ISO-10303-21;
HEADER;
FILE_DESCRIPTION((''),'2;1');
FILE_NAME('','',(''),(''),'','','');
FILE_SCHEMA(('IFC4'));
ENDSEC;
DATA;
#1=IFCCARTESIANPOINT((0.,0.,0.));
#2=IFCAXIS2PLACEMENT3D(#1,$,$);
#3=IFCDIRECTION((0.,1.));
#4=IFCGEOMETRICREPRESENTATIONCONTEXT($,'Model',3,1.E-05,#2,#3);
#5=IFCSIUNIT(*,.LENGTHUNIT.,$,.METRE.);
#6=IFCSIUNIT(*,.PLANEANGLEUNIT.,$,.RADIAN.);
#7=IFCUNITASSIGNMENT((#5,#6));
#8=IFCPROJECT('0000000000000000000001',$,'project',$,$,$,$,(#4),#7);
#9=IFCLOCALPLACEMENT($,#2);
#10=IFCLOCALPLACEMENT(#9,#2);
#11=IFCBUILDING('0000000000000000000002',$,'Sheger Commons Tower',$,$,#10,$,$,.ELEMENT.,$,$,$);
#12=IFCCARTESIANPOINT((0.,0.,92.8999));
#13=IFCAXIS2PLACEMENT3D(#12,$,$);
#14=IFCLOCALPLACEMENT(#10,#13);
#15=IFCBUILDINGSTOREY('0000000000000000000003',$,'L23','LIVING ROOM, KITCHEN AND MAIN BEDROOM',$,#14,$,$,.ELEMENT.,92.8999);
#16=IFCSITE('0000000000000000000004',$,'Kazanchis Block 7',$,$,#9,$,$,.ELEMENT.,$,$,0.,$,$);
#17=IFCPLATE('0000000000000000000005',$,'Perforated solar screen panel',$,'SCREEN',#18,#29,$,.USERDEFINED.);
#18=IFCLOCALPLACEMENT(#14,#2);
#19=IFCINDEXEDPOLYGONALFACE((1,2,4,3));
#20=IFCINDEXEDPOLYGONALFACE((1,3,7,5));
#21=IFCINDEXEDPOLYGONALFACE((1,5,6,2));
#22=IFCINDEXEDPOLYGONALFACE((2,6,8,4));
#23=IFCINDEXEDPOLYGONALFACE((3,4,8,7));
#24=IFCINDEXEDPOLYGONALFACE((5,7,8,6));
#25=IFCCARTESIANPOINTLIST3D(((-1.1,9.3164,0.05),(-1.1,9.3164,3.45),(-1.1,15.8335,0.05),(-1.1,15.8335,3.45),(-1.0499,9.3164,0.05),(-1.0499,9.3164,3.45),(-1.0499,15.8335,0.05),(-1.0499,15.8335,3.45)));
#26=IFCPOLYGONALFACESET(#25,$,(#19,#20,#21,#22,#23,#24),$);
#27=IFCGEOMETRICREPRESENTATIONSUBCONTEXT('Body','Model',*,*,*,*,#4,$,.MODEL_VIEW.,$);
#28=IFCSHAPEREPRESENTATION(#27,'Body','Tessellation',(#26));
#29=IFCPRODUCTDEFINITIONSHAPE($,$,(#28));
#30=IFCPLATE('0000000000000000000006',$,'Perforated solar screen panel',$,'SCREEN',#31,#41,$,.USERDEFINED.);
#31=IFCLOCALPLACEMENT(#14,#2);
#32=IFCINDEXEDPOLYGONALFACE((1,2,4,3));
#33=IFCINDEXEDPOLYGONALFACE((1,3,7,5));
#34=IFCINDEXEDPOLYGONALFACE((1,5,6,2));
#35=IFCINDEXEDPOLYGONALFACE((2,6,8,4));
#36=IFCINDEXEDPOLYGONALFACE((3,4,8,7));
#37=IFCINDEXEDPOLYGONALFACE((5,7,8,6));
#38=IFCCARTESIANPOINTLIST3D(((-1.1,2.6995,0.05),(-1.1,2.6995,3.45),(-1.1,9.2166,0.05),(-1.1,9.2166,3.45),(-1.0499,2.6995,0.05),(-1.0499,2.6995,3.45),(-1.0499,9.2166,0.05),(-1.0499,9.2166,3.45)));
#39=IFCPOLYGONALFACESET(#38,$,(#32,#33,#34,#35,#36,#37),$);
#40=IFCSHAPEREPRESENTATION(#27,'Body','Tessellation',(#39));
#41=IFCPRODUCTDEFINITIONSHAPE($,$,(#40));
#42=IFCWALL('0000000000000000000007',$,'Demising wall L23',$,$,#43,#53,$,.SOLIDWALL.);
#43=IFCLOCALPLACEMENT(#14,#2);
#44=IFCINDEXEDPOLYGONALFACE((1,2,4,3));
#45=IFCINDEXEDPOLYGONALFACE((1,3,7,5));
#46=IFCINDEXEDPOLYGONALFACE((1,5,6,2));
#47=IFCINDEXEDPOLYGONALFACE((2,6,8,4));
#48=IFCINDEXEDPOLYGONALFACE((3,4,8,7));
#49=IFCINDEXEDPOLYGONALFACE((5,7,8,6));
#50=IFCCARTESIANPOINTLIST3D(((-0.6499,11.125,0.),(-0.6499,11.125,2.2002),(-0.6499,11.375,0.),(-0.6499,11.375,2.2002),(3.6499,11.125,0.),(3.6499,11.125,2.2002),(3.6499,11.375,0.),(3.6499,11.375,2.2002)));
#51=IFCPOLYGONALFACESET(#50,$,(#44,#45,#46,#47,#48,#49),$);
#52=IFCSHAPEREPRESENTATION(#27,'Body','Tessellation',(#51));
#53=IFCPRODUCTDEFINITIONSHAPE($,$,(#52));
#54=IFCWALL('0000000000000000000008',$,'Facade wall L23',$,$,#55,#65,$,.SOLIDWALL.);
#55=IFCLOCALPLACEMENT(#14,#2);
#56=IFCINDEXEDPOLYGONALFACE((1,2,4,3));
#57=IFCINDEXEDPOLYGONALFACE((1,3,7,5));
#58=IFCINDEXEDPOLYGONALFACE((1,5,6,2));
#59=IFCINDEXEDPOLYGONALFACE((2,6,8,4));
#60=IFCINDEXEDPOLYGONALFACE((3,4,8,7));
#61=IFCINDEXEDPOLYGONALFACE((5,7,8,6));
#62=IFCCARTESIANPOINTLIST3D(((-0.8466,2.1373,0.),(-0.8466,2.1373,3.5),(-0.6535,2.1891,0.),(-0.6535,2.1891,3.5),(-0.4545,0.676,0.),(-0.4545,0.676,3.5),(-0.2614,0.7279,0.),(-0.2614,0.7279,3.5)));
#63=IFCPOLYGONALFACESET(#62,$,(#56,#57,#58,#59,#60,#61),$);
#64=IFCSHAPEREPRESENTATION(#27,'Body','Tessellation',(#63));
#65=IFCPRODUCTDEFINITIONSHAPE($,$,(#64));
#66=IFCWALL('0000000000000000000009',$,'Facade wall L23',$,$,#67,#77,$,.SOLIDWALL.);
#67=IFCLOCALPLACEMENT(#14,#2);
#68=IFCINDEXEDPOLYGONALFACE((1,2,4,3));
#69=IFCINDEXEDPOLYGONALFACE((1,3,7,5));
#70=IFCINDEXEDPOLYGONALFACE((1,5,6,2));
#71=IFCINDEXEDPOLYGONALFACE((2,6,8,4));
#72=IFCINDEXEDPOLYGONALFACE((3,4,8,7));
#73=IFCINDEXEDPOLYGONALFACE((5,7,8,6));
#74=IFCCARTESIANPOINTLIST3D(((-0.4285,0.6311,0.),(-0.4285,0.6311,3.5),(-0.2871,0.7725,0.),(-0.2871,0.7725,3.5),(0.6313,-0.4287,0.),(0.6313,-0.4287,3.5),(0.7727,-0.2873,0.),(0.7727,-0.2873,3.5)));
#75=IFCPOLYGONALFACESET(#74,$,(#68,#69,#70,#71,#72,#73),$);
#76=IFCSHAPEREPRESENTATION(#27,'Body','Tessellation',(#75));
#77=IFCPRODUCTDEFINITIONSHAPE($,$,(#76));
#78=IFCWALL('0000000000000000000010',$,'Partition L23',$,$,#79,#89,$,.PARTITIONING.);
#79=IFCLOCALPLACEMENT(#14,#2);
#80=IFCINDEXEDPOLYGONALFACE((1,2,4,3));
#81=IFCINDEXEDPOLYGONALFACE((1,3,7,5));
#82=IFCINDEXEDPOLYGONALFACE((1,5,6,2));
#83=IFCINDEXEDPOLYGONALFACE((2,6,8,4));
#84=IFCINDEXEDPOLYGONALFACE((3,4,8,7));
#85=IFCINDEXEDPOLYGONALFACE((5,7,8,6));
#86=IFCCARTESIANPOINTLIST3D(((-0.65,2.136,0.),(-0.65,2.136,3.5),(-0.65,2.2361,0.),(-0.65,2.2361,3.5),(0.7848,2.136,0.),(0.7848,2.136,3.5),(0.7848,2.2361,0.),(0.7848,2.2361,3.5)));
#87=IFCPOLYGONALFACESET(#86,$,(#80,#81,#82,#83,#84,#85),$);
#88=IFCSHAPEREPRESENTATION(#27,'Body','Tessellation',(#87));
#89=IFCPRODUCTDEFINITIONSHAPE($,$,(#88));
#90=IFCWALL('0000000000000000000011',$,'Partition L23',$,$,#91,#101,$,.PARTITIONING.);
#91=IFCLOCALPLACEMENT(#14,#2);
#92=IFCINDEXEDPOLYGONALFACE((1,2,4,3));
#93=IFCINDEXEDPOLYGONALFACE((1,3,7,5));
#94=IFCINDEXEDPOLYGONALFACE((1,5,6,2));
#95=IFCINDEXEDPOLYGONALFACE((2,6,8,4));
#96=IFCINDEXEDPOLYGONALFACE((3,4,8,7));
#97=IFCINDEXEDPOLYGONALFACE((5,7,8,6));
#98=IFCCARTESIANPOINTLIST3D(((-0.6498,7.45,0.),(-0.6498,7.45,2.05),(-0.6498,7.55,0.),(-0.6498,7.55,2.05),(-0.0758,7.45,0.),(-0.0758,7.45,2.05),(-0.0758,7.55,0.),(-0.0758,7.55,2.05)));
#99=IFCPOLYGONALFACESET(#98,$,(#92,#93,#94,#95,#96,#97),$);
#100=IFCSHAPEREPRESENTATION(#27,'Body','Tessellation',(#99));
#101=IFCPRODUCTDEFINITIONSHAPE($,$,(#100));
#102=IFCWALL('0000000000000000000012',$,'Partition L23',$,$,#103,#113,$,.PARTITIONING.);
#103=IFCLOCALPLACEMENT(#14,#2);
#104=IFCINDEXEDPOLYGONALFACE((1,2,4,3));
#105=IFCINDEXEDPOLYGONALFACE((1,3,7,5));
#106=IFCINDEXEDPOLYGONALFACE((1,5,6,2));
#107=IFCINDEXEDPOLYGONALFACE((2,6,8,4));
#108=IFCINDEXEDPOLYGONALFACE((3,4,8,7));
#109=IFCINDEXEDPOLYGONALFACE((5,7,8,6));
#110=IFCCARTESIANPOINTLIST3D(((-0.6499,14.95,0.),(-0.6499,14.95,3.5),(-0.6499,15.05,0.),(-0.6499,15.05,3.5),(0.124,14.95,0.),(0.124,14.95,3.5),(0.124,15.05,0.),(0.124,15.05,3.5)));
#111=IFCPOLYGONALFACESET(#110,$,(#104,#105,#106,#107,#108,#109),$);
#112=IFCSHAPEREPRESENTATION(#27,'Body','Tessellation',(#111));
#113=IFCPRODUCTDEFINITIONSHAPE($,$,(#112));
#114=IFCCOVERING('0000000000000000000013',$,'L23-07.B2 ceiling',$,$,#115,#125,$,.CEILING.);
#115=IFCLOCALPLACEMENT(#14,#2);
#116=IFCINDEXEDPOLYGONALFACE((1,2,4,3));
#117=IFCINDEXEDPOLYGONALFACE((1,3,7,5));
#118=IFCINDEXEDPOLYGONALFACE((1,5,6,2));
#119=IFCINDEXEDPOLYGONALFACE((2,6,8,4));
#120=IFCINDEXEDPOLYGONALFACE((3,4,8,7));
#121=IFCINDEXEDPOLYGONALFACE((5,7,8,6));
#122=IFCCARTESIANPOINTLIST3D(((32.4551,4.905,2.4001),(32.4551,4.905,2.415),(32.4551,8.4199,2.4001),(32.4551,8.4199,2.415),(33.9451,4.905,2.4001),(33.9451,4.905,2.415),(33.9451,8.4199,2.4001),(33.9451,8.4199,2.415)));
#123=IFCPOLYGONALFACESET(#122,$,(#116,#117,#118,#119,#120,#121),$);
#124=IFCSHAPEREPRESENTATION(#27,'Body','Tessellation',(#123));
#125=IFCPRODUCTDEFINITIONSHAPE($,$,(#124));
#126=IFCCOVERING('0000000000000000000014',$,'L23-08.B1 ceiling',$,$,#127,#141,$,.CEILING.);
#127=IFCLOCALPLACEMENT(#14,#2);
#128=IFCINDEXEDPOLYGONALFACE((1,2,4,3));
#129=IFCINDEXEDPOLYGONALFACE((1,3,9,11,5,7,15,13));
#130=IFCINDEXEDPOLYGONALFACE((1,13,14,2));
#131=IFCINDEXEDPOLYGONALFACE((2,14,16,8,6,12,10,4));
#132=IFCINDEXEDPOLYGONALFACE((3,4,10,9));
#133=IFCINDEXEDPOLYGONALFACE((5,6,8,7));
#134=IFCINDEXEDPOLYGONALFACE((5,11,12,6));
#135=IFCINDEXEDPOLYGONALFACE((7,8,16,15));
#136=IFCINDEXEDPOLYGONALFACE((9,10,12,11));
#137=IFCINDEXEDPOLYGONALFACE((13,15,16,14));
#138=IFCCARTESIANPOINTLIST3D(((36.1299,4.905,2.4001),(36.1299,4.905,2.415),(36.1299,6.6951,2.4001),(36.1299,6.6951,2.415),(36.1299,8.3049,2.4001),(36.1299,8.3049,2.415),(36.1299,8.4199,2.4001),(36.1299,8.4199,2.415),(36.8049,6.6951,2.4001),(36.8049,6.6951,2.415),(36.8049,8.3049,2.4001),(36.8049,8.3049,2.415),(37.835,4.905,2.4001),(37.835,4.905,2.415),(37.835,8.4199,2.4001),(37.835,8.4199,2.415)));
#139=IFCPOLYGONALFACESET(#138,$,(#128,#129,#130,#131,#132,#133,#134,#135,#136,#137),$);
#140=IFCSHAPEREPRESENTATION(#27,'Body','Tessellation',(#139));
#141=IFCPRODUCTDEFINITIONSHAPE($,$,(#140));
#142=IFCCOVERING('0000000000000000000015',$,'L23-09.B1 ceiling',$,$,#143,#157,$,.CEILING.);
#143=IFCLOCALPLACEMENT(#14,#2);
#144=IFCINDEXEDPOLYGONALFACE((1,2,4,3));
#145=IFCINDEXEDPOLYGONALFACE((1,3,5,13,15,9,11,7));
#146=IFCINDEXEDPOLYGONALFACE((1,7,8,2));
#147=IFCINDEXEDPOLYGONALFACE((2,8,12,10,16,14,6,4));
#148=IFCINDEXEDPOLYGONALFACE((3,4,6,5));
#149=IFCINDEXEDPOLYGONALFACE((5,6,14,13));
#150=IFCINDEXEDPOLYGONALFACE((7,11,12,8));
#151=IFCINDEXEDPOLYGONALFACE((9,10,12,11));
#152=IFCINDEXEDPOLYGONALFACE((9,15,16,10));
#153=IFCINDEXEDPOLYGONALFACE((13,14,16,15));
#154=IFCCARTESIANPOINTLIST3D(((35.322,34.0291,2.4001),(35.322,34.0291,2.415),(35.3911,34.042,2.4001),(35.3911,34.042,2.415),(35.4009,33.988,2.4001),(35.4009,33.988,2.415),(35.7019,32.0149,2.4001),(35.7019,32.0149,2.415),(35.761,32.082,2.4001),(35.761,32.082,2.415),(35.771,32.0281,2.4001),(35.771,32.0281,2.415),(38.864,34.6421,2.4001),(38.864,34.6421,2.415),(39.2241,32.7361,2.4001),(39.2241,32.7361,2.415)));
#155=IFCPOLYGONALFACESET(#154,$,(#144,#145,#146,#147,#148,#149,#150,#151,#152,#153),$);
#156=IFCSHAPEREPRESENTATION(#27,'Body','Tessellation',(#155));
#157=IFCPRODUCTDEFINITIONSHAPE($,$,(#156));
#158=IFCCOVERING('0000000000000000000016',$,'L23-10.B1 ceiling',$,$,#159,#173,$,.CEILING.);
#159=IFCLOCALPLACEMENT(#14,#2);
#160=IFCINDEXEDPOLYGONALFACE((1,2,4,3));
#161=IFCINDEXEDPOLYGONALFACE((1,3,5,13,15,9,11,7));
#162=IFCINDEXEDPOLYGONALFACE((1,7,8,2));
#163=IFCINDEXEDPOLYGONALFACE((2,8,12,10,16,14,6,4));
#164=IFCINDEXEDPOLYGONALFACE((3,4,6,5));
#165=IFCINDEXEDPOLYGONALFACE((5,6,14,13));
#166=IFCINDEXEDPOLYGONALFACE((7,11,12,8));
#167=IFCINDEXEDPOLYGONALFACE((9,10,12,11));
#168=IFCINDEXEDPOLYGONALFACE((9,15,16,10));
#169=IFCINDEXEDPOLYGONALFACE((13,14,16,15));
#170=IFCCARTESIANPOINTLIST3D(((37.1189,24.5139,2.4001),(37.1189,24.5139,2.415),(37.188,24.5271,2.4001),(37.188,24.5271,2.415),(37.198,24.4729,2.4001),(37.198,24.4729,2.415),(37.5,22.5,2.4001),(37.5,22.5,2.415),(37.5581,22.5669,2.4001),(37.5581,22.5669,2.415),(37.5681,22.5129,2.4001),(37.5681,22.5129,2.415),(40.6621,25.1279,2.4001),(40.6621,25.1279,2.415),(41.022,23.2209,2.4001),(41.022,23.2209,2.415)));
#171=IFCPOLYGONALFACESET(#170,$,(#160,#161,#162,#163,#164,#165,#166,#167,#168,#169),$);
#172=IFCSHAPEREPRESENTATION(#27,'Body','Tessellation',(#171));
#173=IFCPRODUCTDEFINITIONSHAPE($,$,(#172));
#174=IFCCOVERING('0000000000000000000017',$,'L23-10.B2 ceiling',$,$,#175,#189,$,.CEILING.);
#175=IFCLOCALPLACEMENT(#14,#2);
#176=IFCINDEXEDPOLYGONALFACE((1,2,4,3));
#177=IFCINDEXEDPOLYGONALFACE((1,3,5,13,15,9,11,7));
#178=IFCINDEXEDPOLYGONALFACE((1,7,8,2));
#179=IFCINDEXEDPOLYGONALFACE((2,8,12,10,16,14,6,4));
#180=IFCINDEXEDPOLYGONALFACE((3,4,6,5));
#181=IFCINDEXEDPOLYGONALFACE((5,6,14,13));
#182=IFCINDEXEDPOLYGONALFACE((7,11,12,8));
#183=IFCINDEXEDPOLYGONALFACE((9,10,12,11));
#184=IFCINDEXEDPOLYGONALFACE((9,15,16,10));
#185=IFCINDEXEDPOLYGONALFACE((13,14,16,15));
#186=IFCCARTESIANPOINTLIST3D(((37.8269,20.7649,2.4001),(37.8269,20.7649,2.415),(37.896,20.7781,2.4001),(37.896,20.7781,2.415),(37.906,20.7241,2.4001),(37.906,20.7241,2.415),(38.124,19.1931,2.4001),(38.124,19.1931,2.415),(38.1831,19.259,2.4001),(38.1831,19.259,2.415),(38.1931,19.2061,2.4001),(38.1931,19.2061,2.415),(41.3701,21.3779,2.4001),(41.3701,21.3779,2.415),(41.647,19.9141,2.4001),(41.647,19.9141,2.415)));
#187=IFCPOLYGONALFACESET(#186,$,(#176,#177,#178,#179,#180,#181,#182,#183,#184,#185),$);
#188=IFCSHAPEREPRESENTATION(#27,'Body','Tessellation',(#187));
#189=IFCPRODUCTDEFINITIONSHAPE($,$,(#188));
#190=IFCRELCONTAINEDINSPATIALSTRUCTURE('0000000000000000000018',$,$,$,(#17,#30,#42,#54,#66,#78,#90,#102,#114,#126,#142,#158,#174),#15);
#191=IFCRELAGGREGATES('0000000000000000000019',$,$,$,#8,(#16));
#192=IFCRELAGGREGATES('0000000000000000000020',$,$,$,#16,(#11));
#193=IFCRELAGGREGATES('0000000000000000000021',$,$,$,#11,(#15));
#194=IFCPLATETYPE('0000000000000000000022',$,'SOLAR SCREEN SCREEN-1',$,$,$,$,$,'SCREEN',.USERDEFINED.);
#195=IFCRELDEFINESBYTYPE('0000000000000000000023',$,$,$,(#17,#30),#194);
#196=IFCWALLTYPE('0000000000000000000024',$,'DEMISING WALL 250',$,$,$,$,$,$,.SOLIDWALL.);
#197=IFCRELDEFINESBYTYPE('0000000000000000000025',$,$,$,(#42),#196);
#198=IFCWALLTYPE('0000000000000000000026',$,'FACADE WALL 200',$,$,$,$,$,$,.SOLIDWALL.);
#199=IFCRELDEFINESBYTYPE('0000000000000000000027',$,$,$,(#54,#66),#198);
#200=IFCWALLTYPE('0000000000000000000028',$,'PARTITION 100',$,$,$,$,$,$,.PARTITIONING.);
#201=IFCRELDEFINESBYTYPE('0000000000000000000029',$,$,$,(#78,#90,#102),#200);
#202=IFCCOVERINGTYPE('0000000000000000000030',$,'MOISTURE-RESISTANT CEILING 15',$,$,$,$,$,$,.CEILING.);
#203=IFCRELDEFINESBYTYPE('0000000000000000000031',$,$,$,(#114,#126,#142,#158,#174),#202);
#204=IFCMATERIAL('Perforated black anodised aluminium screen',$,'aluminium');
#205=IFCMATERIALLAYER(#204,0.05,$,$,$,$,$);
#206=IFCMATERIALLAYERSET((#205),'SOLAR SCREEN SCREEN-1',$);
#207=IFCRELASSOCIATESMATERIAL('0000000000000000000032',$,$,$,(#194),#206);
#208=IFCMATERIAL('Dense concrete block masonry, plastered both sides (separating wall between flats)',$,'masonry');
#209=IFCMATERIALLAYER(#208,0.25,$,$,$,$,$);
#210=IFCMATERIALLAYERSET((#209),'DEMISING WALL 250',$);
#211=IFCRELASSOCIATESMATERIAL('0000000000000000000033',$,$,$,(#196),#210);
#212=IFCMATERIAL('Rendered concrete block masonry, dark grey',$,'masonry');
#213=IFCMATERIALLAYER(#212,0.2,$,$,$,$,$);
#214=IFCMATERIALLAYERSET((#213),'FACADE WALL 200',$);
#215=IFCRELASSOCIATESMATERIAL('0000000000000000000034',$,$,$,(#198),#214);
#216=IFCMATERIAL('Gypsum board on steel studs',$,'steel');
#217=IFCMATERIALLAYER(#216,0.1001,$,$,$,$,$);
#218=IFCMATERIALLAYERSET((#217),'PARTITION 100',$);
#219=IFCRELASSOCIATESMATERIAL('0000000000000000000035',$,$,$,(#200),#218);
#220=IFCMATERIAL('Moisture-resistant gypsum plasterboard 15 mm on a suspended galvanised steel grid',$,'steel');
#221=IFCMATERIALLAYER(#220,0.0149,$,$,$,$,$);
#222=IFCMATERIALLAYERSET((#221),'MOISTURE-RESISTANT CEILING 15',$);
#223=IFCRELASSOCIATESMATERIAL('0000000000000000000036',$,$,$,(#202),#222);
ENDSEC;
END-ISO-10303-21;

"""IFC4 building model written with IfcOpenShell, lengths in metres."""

from ifc_helpers import new_model, si_unit, direction, frame, frame_2d, origin, origin_2d, place, context, subcontext, project, spatial, polyline, rectangle, outline, extrude, material, layer, layer_set, type_object, element, save


model = new_model("IFC4")

# Units and contexts
model_context = context("Model", 3, precision=1e-05, world=origin(), true_north=direction((0.0, 1.0)))
body_context = subcontext(model_context, "Body", "Model", "MODEL_VIEW")
ifc_project = project(units=[si_unit("LENGTHUNIT", "METRE"), si_unit("PLANEANGLEUNIT", "RADIAN")], contexts=[model_context])

# Site, building, storey
site_placement = place(None, origin())
site = spatial("IfcSite", under=ifc_project, at=site_placement, Name="Kazanchis Block 7", CompositionType="ELEMENT", RefElevation=0.0)
building_placement = place(site_placement, origin())
building = spatial("IfcBuilding", under=site, at=building_placement, Name="Sheger Commons Tower", CompositionType="ELEMENT")
storey_placement = place(building_placement, frame((0.0, 0.0, 92.8999)))
storey = spatial("IfcBuildingStorey", under=building, at=storey_placement, Name="L23", Description="LIVING ROOM, KITCHEN AND MAIN BEDROOM", CompositionType="ELEMENT", Elevation=92.8999)

# Plates
ifc_material_1 = material(Name="Perforated black anodised aluminium screen", Category="aluminium")
ifc_layer_1 = layer(ifc_material_1, 0.05)
ifc_layer_set_1 = layer_set([ifc_layer_1], Name="SOLAR SCREEN SCREEN-1")
plate_type = type_object("IfcPlateType", Name="SOLAR SCREEN SCREEN-1", ElementType="SCREEN", PredefinedType="USERDEFINED", material=ifc_layer_set_1)
for number, where, z_axis, x_axis, name in (
    (1, (-1.075, 12.575, 0.05), (0.0, 0.0, 1.0), (0.0, -1.0, 0.0), "Perforated solar screen panel"),
    (2, (-1.075, 5.958, 0.05), (0.0, 0.0, 1.0), (0.0, -1.0, 0.0), "Perforated solar screen panel"),
):
    element("IfcPlate", number, at=place(storey_placement, frame(where, z_axis=z_axis, x_axis=x_axis)), inside=storey, type_object=plate_type, Name=name, ObjectType="SCREEN", PredefinedType="USERDEFINED", context=body_context, shape_type="SweptSolid", body=[
        extrude(rectangle(XDim=6.5171, YDim=0.05, at=origin_2d()), origin(), (0.0, 0.0, 1.0), 3.3999),
    ])

# Walls
ifc_material_2 = material(Name="Dense concrete block masonry, plastered both sides (separating wall between flats)", Category="masonry")
ifc_layer_2 = layer(ifc_material_2, 0.25)
ifc_layer_set_2 = layer_set([ifc_layer_2], Name="DEMISING WALL 250")
wall_type_1 = type_object("IfcWallType", Name="DEMISING WALL 250", PredefinedType="SOLIDWALL", material=ifc_layer_set_2)
wall_1_placement = place(storey_placement, frame((-0.6499, 11.25, 0.0), z_axis=(0.0, 0.0, 1.0), x_axis=(1.0, 0.0, 0.0)))
element("IfcWall", 3, at=wall_1_placement, inside=storey, type_object=wall_type_1, Name="Demising wall L23", PredefinedType="SOLIDWALL", context=body_context, shape_type="SweptSolid", body=[
    extrude(rectangle(XDim=4.2998, YDim=0.25, at=frame_2d((2.1499, 0.0))), origin(), (0.0, 0.0, 1.0), 2.2002),
])
ifc_material_3 = material(Name="Rendered concrete block masonry, dark grey", Category="masonry")
ifc_layer_3 = layer(ifc_material_3, 0.2)
ifc_layer_set_3 = layer_set([ifc_layer_3], Name="FACADE WALL 200")
wall_type_2 = type_object("IfcWallType", Name="FACADE WALL 200", PredefinedType="SOLIDWALL", material=ifc_layer_set_3)
wall_2_placement = place(storey_placement, frame((-0.75, 2.1631, 0.0), z_axis=(0.0, 0.0, 1.0), x_axis=(0.259169, -0.965832, 0.0)))
element("IfcWall", 4, at=wall_2_placement, inside=storey, type_object=wall_type_2, Name="Facade wall L23", PredefinedType="SOLIDWALL", context=body_context, shape_type="SweptSolid", body=[
    extrude(rectangle(XDim=1.5129, YDim=0.2, at=frame_2d((0.7563, 0.0))), origin(), (0.0, 0.0, 1.0), 3.5),
])
wall_3_placement = place(storey_placement, frame((-0.3579, 0.7019, 0.0), z_axis=(0.0, 0.0, 1.0), x_axis=(0.707107, -0.707107, 0.0)))
element("IfcWall", 5, at=wall_3_placement, inside=storey, type_object=wall_type_2, Name="Facade wall L23", PredefinedType="SOLIDWALL", context=body_context, shape_type="SweptSolid", body=[
    extrude(rectangle(XDim=1.4988, YDim=0.2, at=frame_2d((0.7495, 0.0))), origin(), (0.0, 0.0, 1.0), 3.5),
])
ifc_material_4 = material(Name="Gypsum board on steel studs", Category="steel")
ifc_layer_4 = layer(ifc_material_4, 0.1001)
ifc_layer_set_4 = layer_set([ifc_layer_4], Name="PARTITION 100")
wall_type_3 = type_object("IfcWallType", Name="PARTITION 100", PredefinedType="PARTITIONING", material=ifc_layer_set_4)
wall_4_placement = place(storey_placement, frame((-0.6499, 2.186, 0.0), z_axis=(0.0, 0.0, 1.0), x_axis=(1.0, 0.0, 0.0)))
element("IfcWall", 6, at=wall_4_placement, inside=storey, type_object=wall_type_3, Name="Partition L23", PredefinedType="PARTITIONING", context=body_context, shape_type="SweptSolid", body=[
    extrude(rectangle(XDim=1.4348, YDim=0.1001, at=frame_2d((0.7173, 0.0))), origin(), (0.0, 0.0, 1.0), 3.5),
])
wall_5_placement = place(storey_placement, frame((-0.6499, 7.5, 0.0), z_axis=(0.0, 0.0, 1.0), x_axis=(1.0, 0.0, 0.0)))
element("IfcWall", 7, at=wall_5_placement, inside=storey, type_object=wall_type_3, Name="Partition L23", PredefinedType="PARTITIONING", context=body_context, shape_type="SweptSolid", body=[
    extrude(rectangle(XDim=0.574, YDim=0.1001, at=frame_2d((0.2871, 0.0))), origin(), (0.0, 0.0, 1.0), 2.05),
])
wall_6_placement = place(storey_placement, frame((-0.6499, 15.0, 0.0), z_axis=(0.0, 0.0, 1.0), x_axis=(1.0, 0.0, 0.0)))
element("IfcWall", 8, at=wall_6_placement, inside=storey, type_object=wall_type_3, Name="Partition L23", PredefinedType="PARTITIONING", context=body_context, shape_type="SweptSolid", body=[
    extrude(rectangle(XDim=0.7739, YDim=0.1001, at=frame_2d((0.387, 0.0))), origin(), (0.0, 0.0, 1.0), 3.5),
])

# Coverings
ifc_material_5 = material(Name="Moisture-resistant gypsum plasterboard 15 mm on a suspended galvanised steel grid", Category="steel")
ifc_layer_5 = layer(ifc_material_5, 0.0149)
ifc_layer_set_5 = layer_set([ifc_layer_5], Name="MOISTURE-RESISTANT CEILING 15")
covering_type_1 = type_object("IfcCoveringType", Name="MOISTURE-RESISTANT CEILING 15", PredefinedType="CEILING", material=ifc_layer_set_5)
covering_1_placement = place(storey_placement, frame((0.0, 0.0, 2.4001)))
element("IfcCovering", 9, at=covering_1_placement, inside=storey, type_object=covering_type_1, Name="L23-07.B2 ceiling", PredefinedType="CEILING", context=body_context, shape_type="SweptSolid", body=[
    extrude(outline(polyline([(32.4551, 4.905), (33.9451, 4.905), (33.9451, 8.4199), (32.4551, 8.4199), (32.4551, 4.905)])), origin(), (0.0, 0.0, 1.0), 0.0149),
])
covering_2_placement = place(storey_placement, frame((0.0, 0.0, 2.4001)))
element("IfcCovering", 10, at=covering_2_placement, inside=storey, type_object=covering_type_1, Name="L23-08.B1 ceiling", PredefinedType="CEILING", context=body_context, shape_type="SweptSolid", body=[
    extrude(outline(polyline([(36.1299, 4.905), (37.835, 4.905), (37.835, 8.4199), (36.1299, 8.4199), (36.1299, 8.3049), (36.8049, 8.3049), (36.8049, 6.6951), (36.1299, 6.6951), (36.1299, 4.905)])), origin(), (0.0, 0.0, 1.0), 0.0149),
])
covering_3_placement = place(storey_placement, frame((0.0, 0.0, 2.4001)))
element("IfcCovering", 11, at=covering_3_placement, inside=storey, type_object=covering_type_1, Name="L23-09.B1 ceiling", PredefinedType="CEILING", context=body_context, shape_type="SweptSolid", body=[
    extrude(outline(polyline([(35.7019, 32.0149), (35.771, 32.0281), (35.761, 32.082), (39.2241, 32.7361), (38.864, 34.6421), (35.4009, 33.988), (35.3911, 34.042), (35.322, 34.0291), (35.7019, 32.0149)])), origin(), (0.0, 0.0, 1.0), 0.0149),
])
covering_4_placement = place(storey_placement, frame((0.0, 0.0, 2.4001)))
element("IfcCovering", 12, at=covering_4_placement, inside=storey, type_object=covering_type_1, Name="L23-10.B1 ceiling", PredefinedType="CEILING", context=body_context, shape_type="SweptSolid", body=[
    extrude(outline(polyline([(37.5, 22.5), (37.5681, 22.5129), (37.5581, 22.5669), (41.022, 23.2209), (40.6621, 25.1279), (37.198, 24.4729), (37.188, 24.5271), (37.1189, 24.5139), (37.5, 22.5)])), origin(), (0.0, 0.0, 1.0), 0.0149),
])
covering_5_placement = place(storey_placement, frame((0.0, 0.0, 2.4001)))
element("IfcCovering", 13, at=covering_5_placement, inside=storey, type_object=covering_type_1, Name="L23-10.B2 ceiling", PredefinedType="CEILING", context=body_context, shape_type="SweptSolid", body=[
    extrude(outline(polyline([(38.124, 19.1931), (38.1931, 19.2061), (38.1831, 19.259), (41.647, 19.9141), (41.3701, 21.3779), (37.906, 20.7241), (37.896, 20.7781), (37.8269, 20.7649), (38.124, 19.1931)])), origin(), (0.0, 0.0, 1.0), 0.0149),
])

save(model, "model.ifc")
